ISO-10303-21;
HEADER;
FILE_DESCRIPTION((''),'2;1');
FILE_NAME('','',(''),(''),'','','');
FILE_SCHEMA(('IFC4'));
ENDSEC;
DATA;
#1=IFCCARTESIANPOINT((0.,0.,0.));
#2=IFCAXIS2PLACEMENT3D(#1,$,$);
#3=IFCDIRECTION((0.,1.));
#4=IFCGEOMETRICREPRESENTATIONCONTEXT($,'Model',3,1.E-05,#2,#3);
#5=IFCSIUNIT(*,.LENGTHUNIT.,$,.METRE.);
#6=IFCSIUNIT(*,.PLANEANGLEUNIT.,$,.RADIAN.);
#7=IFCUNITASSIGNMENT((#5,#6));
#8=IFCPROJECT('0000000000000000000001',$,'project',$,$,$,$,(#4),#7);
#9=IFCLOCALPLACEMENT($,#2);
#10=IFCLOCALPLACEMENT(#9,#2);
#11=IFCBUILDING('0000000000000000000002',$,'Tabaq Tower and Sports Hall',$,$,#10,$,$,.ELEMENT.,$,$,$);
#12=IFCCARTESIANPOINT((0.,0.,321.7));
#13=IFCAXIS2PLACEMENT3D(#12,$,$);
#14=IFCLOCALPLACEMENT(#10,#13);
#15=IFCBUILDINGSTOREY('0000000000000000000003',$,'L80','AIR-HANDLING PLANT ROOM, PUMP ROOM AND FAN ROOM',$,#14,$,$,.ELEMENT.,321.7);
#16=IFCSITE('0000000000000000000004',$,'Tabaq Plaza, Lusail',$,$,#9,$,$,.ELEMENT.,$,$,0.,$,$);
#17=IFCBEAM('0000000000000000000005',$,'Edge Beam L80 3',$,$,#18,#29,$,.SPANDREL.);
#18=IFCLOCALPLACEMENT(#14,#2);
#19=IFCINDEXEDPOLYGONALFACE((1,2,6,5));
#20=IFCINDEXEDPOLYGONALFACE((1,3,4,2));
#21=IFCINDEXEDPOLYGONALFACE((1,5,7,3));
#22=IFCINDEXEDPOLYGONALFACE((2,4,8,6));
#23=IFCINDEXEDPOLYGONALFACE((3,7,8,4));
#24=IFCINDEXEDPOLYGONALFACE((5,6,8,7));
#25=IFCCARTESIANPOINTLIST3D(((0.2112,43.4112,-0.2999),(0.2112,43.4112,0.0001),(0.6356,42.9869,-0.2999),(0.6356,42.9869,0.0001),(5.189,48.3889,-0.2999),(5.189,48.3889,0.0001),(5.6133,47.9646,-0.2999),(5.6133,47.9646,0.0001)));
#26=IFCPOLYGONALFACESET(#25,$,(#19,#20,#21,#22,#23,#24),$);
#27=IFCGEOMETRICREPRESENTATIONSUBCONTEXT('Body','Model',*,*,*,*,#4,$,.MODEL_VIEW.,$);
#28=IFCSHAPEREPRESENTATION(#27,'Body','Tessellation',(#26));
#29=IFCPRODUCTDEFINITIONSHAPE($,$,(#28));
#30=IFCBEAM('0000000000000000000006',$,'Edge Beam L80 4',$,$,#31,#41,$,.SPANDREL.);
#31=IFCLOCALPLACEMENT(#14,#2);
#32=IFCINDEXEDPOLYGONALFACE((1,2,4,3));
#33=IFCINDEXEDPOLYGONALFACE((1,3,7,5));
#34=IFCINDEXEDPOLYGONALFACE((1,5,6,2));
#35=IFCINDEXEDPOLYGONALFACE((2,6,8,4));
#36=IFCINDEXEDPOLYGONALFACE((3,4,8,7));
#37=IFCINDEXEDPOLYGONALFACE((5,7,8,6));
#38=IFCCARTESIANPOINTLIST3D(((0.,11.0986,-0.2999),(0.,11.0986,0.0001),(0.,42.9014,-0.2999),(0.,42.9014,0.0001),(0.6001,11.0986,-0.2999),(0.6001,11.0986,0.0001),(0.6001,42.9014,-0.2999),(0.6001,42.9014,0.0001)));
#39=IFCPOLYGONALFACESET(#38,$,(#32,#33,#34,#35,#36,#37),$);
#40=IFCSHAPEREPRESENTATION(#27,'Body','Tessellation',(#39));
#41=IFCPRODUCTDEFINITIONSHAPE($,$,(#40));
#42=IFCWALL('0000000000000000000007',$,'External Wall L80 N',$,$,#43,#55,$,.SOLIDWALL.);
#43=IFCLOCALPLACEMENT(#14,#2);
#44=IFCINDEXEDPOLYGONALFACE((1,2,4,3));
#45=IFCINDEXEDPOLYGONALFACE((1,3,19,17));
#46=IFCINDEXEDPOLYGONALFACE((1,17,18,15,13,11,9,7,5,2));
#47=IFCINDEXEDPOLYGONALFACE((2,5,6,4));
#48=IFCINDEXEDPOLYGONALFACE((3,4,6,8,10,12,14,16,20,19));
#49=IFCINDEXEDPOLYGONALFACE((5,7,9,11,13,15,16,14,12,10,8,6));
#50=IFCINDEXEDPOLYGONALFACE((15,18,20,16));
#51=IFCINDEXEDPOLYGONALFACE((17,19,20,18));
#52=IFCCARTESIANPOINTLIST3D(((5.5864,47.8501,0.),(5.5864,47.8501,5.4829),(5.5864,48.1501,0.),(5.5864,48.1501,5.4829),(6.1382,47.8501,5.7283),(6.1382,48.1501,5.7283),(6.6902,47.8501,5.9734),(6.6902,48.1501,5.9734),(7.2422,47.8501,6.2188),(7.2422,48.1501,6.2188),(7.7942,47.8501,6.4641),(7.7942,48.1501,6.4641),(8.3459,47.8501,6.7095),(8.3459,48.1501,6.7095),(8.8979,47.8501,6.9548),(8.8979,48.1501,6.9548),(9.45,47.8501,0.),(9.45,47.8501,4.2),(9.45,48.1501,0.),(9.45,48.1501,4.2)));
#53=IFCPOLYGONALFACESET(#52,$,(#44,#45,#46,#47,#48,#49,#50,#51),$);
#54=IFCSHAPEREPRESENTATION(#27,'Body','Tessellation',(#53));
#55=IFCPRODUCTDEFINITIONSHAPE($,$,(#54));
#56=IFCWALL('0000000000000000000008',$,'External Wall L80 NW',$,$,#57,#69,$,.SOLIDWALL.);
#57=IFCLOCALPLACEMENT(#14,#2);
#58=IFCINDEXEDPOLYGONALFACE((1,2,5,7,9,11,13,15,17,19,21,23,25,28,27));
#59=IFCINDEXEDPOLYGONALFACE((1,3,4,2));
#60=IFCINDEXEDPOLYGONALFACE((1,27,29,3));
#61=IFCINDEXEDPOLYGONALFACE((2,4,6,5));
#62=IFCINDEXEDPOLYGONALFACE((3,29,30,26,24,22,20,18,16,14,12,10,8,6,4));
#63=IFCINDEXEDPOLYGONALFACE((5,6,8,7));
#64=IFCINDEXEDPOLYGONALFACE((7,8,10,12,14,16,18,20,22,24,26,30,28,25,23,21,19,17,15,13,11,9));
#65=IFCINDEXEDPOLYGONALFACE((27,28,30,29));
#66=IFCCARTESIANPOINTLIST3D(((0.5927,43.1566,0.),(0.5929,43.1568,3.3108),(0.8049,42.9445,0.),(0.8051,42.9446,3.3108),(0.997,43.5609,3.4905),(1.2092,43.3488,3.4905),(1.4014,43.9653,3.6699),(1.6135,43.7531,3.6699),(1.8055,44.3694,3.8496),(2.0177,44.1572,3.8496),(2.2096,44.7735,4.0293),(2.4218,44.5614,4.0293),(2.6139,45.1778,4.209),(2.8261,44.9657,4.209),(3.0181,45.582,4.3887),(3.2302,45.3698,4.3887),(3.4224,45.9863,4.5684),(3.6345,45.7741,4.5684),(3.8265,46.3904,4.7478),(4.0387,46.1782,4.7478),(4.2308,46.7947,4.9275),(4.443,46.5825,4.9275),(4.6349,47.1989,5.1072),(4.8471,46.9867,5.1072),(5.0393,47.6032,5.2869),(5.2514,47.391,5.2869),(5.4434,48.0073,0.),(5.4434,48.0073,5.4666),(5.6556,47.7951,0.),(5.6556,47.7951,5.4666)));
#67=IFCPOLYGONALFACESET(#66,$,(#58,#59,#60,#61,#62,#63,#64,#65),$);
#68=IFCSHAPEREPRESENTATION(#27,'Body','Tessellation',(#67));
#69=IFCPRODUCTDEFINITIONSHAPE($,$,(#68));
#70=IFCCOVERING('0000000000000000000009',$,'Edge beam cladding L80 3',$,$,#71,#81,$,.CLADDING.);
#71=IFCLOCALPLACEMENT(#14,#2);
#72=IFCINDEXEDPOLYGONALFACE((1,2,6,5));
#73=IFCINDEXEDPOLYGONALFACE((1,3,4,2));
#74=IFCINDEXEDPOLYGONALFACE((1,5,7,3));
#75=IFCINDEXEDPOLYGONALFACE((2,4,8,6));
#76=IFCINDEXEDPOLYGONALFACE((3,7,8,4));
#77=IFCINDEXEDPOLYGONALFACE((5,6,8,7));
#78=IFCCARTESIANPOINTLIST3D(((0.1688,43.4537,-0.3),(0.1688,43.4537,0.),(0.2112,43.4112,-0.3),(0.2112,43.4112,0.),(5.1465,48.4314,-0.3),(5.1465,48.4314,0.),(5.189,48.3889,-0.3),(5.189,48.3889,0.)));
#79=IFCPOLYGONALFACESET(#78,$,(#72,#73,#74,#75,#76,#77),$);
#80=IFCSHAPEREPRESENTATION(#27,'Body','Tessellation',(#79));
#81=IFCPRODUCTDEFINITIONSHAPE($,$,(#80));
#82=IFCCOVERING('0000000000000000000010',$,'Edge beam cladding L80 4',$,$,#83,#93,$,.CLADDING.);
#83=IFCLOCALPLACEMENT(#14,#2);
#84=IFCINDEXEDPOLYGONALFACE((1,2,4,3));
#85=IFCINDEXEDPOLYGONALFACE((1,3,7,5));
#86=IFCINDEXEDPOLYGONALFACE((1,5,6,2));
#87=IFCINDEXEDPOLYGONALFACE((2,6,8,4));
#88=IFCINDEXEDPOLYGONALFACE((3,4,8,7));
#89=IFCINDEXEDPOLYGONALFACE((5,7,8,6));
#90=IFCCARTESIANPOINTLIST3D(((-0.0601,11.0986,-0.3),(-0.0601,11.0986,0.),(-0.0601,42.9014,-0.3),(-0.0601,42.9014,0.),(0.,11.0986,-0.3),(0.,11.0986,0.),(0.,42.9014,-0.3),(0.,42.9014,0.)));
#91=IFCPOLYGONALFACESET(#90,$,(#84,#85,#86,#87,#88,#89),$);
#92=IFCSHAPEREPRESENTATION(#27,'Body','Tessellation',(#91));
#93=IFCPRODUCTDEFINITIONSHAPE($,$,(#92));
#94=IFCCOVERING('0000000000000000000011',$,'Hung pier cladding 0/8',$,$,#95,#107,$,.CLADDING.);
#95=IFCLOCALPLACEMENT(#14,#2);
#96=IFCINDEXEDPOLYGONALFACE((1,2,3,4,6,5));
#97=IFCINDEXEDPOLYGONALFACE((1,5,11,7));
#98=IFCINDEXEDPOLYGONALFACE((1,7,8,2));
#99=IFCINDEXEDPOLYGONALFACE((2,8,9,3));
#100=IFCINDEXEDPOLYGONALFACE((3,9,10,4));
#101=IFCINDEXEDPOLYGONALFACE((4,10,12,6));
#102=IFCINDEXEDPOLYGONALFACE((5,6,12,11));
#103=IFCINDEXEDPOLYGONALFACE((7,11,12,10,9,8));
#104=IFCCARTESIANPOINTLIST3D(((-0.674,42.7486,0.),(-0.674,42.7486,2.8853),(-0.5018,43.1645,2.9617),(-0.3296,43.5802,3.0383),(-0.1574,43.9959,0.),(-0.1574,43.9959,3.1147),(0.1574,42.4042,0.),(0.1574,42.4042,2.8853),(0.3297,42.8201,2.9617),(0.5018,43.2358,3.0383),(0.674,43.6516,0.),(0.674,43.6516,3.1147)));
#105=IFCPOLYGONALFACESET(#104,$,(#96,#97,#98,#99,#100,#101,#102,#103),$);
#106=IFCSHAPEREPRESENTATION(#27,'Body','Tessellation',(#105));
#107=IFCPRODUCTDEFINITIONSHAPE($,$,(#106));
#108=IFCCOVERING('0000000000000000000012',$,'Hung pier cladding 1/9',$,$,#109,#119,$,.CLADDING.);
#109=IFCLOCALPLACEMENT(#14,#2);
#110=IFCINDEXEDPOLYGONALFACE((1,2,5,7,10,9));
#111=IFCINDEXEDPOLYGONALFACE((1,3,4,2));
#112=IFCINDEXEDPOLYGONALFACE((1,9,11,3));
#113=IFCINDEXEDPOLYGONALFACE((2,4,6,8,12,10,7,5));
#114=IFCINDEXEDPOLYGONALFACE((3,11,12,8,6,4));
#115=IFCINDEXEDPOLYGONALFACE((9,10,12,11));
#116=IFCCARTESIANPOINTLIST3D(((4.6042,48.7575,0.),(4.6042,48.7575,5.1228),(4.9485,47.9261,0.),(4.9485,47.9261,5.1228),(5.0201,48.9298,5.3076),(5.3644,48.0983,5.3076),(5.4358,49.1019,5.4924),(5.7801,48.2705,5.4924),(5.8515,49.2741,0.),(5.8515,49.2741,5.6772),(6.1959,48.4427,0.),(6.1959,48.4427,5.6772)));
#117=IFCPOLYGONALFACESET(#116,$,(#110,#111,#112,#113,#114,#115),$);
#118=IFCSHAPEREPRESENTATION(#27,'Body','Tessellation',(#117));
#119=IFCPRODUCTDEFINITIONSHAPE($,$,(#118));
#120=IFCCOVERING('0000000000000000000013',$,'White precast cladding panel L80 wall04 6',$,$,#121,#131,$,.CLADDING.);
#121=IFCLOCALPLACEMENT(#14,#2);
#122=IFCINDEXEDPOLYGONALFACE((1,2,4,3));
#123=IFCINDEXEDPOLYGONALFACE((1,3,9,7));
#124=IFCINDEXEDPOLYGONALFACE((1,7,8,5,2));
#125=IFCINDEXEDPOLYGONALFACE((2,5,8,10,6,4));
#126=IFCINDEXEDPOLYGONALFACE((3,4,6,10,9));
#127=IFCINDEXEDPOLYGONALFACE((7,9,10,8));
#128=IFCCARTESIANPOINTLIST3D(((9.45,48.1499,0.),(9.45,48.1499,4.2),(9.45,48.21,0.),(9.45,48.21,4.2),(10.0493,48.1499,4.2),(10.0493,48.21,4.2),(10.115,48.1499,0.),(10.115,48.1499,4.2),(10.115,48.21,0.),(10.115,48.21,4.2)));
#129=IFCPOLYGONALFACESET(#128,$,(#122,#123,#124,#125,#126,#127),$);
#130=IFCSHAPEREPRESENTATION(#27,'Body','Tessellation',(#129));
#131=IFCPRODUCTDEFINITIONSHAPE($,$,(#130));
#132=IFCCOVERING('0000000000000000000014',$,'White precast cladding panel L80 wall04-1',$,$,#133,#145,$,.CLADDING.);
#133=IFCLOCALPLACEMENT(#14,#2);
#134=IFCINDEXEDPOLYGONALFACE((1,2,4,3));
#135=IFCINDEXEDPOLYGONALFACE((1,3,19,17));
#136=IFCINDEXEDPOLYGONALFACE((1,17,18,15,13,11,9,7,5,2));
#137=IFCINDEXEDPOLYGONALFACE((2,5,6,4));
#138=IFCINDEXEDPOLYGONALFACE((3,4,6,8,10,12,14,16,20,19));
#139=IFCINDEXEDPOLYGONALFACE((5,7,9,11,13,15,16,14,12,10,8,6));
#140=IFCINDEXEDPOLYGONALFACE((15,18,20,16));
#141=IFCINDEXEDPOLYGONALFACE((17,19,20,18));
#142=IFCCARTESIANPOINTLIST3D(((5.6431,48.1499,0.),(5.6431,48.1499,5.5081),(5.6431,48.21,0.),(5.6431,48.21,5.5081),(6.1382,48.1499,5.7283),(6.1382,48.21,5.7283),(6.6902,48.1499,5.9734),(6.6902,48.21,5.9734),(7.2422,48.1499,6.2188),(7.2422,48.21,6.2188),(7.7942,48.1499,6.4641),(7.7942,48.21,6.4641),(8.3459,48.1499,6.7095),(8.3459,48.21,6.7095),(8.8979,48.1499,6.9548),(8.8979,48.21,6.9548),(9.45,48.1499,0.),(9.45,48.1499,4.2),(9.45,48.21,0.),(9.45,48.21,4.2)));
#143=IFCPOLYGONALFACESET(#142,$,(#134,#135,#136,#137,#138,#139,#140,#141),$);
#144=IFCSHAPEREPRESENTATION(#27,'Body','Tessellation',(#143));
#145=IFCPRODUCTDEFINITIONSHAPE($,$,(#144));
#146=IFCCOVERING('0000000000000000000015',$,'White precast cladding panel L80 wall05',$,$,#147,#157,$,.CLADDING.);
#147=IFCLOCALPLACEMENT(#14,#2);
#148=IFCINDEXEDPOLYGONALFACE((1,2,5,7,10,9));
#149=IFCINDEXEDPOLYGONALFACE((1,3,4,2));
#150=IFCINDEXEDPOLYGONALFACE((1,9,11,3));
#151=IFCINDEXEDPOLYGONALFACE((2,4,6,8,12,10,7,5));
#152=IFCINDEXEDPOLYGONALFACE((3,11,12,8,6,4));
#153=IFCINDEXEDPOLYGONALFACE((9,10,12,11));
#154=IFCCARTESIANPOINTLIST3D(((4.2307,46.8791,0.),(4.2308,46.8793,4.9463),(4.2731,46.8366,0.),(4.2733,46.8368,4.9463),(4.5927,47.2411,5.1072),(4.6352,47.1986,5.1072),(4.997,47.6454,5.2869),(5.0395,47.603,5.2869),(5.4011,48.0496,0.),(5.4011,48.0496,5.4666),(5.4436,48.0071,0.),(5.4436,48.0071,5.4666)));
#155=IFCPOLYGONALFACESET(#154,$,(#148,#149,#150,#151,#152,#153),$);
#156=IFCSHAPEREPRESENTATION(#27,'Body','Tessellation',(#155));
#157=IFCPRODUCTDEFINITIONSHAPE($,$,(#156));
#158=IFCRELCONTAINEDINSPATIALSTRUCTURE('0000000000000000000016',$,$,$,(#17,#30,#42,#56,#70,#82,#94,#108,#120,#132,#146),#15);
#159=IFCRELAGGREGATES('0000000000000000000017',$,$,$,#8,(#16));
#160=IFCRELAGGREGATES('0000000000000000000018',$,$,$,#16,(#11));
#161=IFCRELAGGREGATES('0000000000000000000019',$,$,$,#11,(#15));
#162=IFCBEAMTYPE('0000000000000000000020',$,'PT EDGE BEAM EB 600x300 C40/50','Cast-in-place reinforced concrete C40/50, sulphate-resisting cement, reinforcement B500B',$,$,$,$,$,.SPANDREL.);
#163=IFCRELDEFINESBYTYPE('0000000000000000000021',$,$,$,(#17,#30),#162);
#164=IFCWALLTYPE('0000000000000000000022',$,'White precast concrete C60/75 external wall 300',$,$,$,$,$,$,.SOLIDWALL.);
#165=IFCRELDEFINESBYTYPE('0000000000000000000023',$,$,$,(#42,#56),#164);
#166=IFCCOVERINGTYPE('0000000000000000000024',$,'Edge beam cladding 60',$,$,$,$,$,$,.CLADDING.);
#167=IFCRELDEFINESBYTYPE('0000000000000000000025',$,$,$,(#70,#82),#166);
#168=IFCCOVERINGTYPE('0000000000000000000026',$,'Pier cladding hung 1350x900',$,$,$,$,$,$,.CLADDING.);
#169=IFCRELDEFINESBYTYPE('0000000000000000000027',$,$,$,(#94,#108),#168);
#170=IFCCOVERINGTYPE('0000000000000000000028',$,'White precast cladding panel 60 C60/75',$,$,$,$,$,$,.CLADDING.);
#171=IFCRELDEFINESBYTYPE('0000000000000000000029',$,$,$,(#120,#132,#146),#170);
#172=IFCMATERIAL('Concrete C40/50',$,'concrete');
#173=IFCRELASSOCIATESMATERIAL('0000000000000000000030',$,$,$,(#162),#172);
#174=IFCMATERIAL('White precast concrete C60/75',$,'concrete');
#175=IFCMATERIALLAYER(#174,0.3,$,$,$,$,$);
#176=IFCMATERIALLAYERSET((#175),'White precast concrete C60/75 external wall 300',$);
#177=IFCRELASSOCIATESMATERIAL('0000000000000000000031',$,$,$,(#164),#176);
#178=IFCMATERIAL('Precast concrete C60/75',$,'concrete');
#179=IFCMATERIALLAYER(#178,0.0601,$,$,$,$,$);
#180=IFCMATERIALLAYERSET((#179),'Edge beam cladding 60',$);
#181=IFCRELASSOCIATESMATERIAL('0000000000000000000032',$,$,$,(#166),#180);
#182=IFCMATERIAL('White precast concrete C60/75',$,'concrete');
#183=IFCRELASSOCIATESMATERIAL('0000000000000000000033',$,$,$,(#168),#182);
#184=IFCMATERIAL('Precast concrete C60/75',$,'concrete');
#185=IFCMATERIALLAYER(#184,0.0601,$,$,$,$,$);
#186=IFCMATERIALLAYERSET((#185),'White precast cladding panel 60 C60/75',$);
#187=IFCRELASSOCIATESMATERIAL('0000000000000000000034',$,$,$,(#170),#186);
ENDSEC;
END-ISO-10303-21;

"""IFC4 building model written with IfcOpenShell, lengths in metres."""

from ifc_helpers import new_model, si_unit, direction, frame, frame_2d, origin, origin_2d, place, context, subcontext, project, spatial, polyline, rectangle, outline, extrude, material, layer, layer_set, material_profile, profile_set, type_object, element, save


model = new_model("IFC4")

# Units and contexts
model_context = context("Model", 3, precision=1e-05, world=origin(), true_north=direction((0.0, 1.0)))
body_context = subcontext(model_context, "Body", "Model", "MODEL_VIEW")
ifc_project = project(units=[si_unit("LENGTHUNIT", "METRE"), si_unit("PLANEANGLEUNIT", "RADIAN")], contexts=[model_context])

# Site, building, storey
site_placement = place(None, origin())
site = spatial("IfcSite", under=ifc_project, at=site_placement, Name="Tabaq Plaza, Lusail", CompositionType="ELEMENT", RefElevation=0.0)
building_placement = place(site_placement, origin())
building = spatial("IfcBuilding", under=site, at=building_placement, Name="Tabaq Tower and Sports Hall", CompositionType="ELEMENT")
storey_placement = place(building_placement, frame((0.0, 0.0, 321.7)))
storey = spatial("IfcBuildingStorey", under=building, at=storey_placement, Name="L80", Description="AIR-HANDLING PLANT ROOM, PUMP ROOM AND FAN ROOM", CompositionType="ELEMENT", Elevation=321.7)

# Beams
ifc_material_1 = material(Name="Concrete C40/50", Category="concrete")
ifc_material_profile = material_profile(ifc_material_1, rectangle(XDim=0.6001, YDim=0.3, at=origin_2d()), Name="EB 600x300")
ifc_profile_set = profile_set([ifc_material_profile], Name="Concrete C40/50")
beam_type = type_object("IfcBeamType", Name="PT EDGE BEAM EB 600x300 C40/50", Description="Cast-in-place reinforced concrete C40/50, sulphate-resisting cement, reinforcement B500B", PredefinedType="SPANDREL", material=ifc_profile_set)
beam_1_placement = place(storey_placement, frame((5.4011, 48.1768, -0.1499), z_axis=(-0.707107, -0.707107, 0.0), x_axis=(0.707107, -0.707107, 0.0)))
element("IfcBeam", 1, at=beam_1_placement, inside=storey, type_object=beam_type, Name="Edge Beam L80 3", PredefinedType="SPANDREL", context=body_context, shape_type="SweptSolid", body=[
    extrude(rectangle(XDim=0.6001, YDim=0.3, at=origin_2d()), origin(), (0.0, 0.0, 1.0), 7.0396),
])
beam_2_placement = place(storey_placement, frame((0.3, 42.9014, -0.1499), z_axis=(0.0, -1.0, 0.0), x_axis=(1.0, 0.0, 0.0)))
element("IfcBeam", 2, at=beam_2_placement, inside=storey, type_object=beam_type, Name="Edge Beam L80 4", PredefinedType="SPANDREL", context=body_context, shape_type="SweptSolid", body=[
    extrude(rectangle(XDim=0.6001, YDim=0.3, at=origin_2d()), origin(), (0.0, 0.0, 1.0), 31.8027),
])

# Walls
ifc_material_2 = material(Name="White precast concrete C60/75", Category="concrete")
ifc_layer_1 = layer(ifc_material_2, 0.3)
ifc_layer_set_1 = layer_set([ifc_layer_1], Name="White precast concrete C60/75 external wall 300")
wall_type = type_object("IfcWallType", Name="White precast concrete C60/75 external wall 300", PredefinedType="SOLIDWALL", material=ifc_layer_set_1)
wall_1_placement = place(storey_placement, frame((9.45, 48.0, 0.0), z_axis=(0.0, 0.0, 1.0), x_axis=(-1.0, 0.0, 0.0)))
element("IfcWall", 3, at=wall_1_placement, inside=storey, type_object=wall_type, Name="External Wall L80 N", PredefinedType="SOLIDWALL", context=body_context, shape_type="SweptSolid", body=[
    extrude(outline(polyline([(0.0, 0.0), (3.8635, 0.0), (3.8635, 5.4829), (3.3118, 5.7283), (2.7598, 5.9734), (2.2078, 6.2188), (1.6558, 6.4641), (1.104, 6.7095), (0.552, 6.9548), (0.0, 4.2), (0.0, 0.0)])), frame((0.0, 0.1499, 0.0), z_axis=(0.0, -1.0, 0.0), x_axis=(1.0, 0.0, 0.0)), (0.0, 0.0, 1.0), 0.3),
])
wall_2_placement = place(storey_placement, frame((5.5496, 47.9011, 0.0), z_axis=(0.0, 0.0, 1.0), x_axis=(-0.707107, -0.707107, 0.0)))
element("IfcWall", 4, at=wall_2_placement, inside=storey, type_object=wall_type, Name="External Wall L80 NW", PredefinedType="SOLIDWALL", context=body_context, shape_type="SweptSolid", body=[
    extrude(outline(polyline([(0.0, 0.0), (6.8599, 0.0), (6.8596, 3.3108), (6.2881, 3.4905), (5.7163, 3.6699), (5.1448, 3.8496), (4.5732, 4.0293), (4.0015, 4.209), (3.4299, 4.3887), (2.8582, 4.5684), (2.2866, 4.7478), (1.7148, 4.9275), (1.1433, 5.1072), (0.5715, 5.2869), (0.0, 5.4666), (0.0, 0.0)])), frame((0.0, 0.1499, 0.0), z_axis=(0.0, -1.0, 0.0), x_axis=(1.0, 0.0, 0.0)), (0.0, 0.0, 1.0), 0.3),
])

# Coverings
ifc_material_3 = material(Name="Precast concrete C60/75", Category="concrete")
ifc_layer_2 = layer(ifc_material_3, 0.0601)
ifc_layer_set_2 = layer_set([ifc_layer_2], Name="Edge beam cladding 60")
covering_type_1 = type_object("IfcCoveringType", Name="Edge beam cladding 60", PredefinedType="CLADDING", material=ifc_layer_set_2)
covering_1_placement = place(storey_placement, frame((5.1677, 48.4102, -0.3), z_axis=(0.0, 0.0, 1.0), x_axis=(-0.707107, -0.707107, 0.0)))
element("IfcCovering", 5, at=covering_1_placement, inside=storey, type_object=covering_type_1, Name="Edge beam cladding L80 3", PredefinedType="CLADDING", context=body_context, shape_type="SweptSolid", body=[
    extrude(rectangle(XDim=7.0396, YDim=0.0601, at=frame_2d((3.5198, 0.0))), origin(), (0.0, 0.0, 1.0), 0.3),
])
covering_2_placement = place(storey_placement, frame((-0.03, 42.9014, -0.3), z_axis=(0.0, 0.0, 1.0), x_axis=(0.0, -1.0, 0.0)))
element("IfcCovering", 6, at=covering_2_placement, inside=storey, type_object=covering_type_1, Name="Edge beam cladding L80 4", PredefinedType="CLADDING", context=body_context, shape_type="SweptSolid", body=[
    extrude(rectangle(XDim=31.8027, YDim=0.0601, at=frame_2d((15.9014, 0.0))), origin(), (0.0, 0.0, 1.0), 0.3),
])
ifc_material_4 = material(Name="White precast concrete C60/75", Category="concrete")
covering_type_2 = type_object("IfcCoveringType", Name="Pier cladding hung 1350x900", PredefinedType="CLADDING", material=ifc_material_4)
covering_3_placement = place(storey_placement, frame((0.2583, 43.8237, 0.0), z_axis=(0.0, 0.0, 1.0), x_axis=(-0.38265, -0.923893, 0.0)))
element("IfcCovering", 7, at=covering_3_placement, inside=storey, type_object=covering_type_2, Name="Hung pier cladding 0/8", PredefinedType="CLADDING", context=body_context, shape_type="SweptSolid", body=[
    extrude(outline(polyline([(0.0, 0.0), (1.3501, 0.0), (1.3501, 2.8853), (0.8999, 2.9617), (0.45, 3.0383), (0.0, 3.1147), (0.0, 0.0)])), frame((0.0, 0.45, 0.0), z_axis=(0.0, -1.0, 0.0), x_axis=(1.0, 0.0, 0.0)), (0.0, 0.0, 1.0), 0.8999),
])
covering_4_placement = place(storey_placement, frame((6.0237, 48.8584, 0.0), z_axis=(0.0, 0.0, 1.0), x_axis=(-0.923893, -0.38265, 0.0)))
element("IfcCovering", 8, at=covering_4_placement, inside=storey, type_object=covering_type_2, Name="Hung pier cladding 1/9", PredefinedType="CLADDING", context=body_context, shape_type="SweptSolid", body=[
    extrude(outline(polyline([(0.0, 0.0), (1.3501, 0.0), (1.3501, 5.1228), (0.8999, 5.3076), (0.45, 5.4924), (0.0, 5.6772), (0.0, 0.0)])), frame((0.0, 0.45, 0.0), z_axis=(0.0, -1.0, 0.0), x_axis=(1.0, 0.0, 0.0)), (0.0, 0.0, 1.0), 0.8999),
])
ifc_material_5 = material(Name="Precast concrete C60/75", Category="concrete")
ifc_layer_3 = layer(ifc_material_5, 0.0601)
ifc_layer_set_3 = layer_set([ifc_layer_3], Name="White precast cladding panel 60 C60/75")
covering_type_3 = type_object("IfcCoveringType", Name="White precast cladding panel 60 C60/75", PredefinedType="CLADDING", material=ifc_layer_set_3)
covering_5_placement = place(storey_placement, frame((10.115, 48.1799, 0.0), z_axis=(0.0, 0.0, 1.0), x_axis=(-1.0, 0.0, 0.0)))
element("IfcCovering", 9, at=covering_5_placement, inside=storey, type_object=covering_type_3, Name="White precast cladding panel L80 wall04 6", PredefinedType="CLADDING", context=body_context, shape_type="SweptSolid", body=[
    extrude(outline(polyline([(0.0, 0.0), (0.665, 0.0), (0.665, 4.2), (0.0657, 4.2), (0.0, 4.2), (0.0, 0.0)])), frame((0.0, 0.03, 0.0), z_axis=(0.0, -1.0, 0.0), x_axis=(1.0, 0.0, 0.0)), (0.0, 0.0, 1.0), 0.0601),
])
covering_6_placement = place(storey_placement, frame((9.45, 48.1799, 0.0), z_axis=(0.0, 0.0, 1.0), x_axis=(-1.0, 0.0, 0.0)))
element("IfcCovering", 10, at=covering_6_placement, inside=storey, type_object=covering_type_3, Name="White precast cladding panel L80 wall04-1", PredefinedType="CLADDING", context=body_context, shape_type="SweptSolid", body=[
    extrude(outline(polyline([(0.0, 0.0), (3.8069, 0.0), (3.8069, 5.5081), (3.3118, 5.7283), (2.7598, 5.9734), (2.2078, 6.2188), (1.6558, 6.4641), (1.104, 6.7095), (0.552, 6.9548), (0.0, 4.2), (0.0, 0.0)])), frame((0.0, 0.03, 0.0), z_axis=(0.0, -1.0, 0.0), x_axis=(1.0, 0.0, 0.0)), (0.0, 0.0, 1.0), 0.0601),
])
covering_7_placement = place(storey_placement, frame((5.4224, 48.0283, 0.0), z_axis=(0.0, 0.0, 1.0), x_axis=(-0.707107, -0.707107, 0.0)))
element("IfcCovering", 11, at=covering_7_placement, inside=storey, type_object=covering_type_3, Name="White precast cladding panel L80 wall05", PredefinedType="CLADDING", context=body_context, shape_type="SweptSolid", body=[
    extrude(outline(polyline([(0.0, 0.0), (1.6553, 0.0), (1.655, 4.9463), (1.1433, 5.1072), (0.5715, 5.2869), (0.0, 5.4666), (0.0, 0.0)])), frame((0.0, 0.03, 0.0), z_axis=(0.0, -1.0, 0.0), x_axis=(1.0, 0.0, 0.0)), (0.0, 0.0, 1.0), 0.0601),
])

save(model, "model.ifc")
